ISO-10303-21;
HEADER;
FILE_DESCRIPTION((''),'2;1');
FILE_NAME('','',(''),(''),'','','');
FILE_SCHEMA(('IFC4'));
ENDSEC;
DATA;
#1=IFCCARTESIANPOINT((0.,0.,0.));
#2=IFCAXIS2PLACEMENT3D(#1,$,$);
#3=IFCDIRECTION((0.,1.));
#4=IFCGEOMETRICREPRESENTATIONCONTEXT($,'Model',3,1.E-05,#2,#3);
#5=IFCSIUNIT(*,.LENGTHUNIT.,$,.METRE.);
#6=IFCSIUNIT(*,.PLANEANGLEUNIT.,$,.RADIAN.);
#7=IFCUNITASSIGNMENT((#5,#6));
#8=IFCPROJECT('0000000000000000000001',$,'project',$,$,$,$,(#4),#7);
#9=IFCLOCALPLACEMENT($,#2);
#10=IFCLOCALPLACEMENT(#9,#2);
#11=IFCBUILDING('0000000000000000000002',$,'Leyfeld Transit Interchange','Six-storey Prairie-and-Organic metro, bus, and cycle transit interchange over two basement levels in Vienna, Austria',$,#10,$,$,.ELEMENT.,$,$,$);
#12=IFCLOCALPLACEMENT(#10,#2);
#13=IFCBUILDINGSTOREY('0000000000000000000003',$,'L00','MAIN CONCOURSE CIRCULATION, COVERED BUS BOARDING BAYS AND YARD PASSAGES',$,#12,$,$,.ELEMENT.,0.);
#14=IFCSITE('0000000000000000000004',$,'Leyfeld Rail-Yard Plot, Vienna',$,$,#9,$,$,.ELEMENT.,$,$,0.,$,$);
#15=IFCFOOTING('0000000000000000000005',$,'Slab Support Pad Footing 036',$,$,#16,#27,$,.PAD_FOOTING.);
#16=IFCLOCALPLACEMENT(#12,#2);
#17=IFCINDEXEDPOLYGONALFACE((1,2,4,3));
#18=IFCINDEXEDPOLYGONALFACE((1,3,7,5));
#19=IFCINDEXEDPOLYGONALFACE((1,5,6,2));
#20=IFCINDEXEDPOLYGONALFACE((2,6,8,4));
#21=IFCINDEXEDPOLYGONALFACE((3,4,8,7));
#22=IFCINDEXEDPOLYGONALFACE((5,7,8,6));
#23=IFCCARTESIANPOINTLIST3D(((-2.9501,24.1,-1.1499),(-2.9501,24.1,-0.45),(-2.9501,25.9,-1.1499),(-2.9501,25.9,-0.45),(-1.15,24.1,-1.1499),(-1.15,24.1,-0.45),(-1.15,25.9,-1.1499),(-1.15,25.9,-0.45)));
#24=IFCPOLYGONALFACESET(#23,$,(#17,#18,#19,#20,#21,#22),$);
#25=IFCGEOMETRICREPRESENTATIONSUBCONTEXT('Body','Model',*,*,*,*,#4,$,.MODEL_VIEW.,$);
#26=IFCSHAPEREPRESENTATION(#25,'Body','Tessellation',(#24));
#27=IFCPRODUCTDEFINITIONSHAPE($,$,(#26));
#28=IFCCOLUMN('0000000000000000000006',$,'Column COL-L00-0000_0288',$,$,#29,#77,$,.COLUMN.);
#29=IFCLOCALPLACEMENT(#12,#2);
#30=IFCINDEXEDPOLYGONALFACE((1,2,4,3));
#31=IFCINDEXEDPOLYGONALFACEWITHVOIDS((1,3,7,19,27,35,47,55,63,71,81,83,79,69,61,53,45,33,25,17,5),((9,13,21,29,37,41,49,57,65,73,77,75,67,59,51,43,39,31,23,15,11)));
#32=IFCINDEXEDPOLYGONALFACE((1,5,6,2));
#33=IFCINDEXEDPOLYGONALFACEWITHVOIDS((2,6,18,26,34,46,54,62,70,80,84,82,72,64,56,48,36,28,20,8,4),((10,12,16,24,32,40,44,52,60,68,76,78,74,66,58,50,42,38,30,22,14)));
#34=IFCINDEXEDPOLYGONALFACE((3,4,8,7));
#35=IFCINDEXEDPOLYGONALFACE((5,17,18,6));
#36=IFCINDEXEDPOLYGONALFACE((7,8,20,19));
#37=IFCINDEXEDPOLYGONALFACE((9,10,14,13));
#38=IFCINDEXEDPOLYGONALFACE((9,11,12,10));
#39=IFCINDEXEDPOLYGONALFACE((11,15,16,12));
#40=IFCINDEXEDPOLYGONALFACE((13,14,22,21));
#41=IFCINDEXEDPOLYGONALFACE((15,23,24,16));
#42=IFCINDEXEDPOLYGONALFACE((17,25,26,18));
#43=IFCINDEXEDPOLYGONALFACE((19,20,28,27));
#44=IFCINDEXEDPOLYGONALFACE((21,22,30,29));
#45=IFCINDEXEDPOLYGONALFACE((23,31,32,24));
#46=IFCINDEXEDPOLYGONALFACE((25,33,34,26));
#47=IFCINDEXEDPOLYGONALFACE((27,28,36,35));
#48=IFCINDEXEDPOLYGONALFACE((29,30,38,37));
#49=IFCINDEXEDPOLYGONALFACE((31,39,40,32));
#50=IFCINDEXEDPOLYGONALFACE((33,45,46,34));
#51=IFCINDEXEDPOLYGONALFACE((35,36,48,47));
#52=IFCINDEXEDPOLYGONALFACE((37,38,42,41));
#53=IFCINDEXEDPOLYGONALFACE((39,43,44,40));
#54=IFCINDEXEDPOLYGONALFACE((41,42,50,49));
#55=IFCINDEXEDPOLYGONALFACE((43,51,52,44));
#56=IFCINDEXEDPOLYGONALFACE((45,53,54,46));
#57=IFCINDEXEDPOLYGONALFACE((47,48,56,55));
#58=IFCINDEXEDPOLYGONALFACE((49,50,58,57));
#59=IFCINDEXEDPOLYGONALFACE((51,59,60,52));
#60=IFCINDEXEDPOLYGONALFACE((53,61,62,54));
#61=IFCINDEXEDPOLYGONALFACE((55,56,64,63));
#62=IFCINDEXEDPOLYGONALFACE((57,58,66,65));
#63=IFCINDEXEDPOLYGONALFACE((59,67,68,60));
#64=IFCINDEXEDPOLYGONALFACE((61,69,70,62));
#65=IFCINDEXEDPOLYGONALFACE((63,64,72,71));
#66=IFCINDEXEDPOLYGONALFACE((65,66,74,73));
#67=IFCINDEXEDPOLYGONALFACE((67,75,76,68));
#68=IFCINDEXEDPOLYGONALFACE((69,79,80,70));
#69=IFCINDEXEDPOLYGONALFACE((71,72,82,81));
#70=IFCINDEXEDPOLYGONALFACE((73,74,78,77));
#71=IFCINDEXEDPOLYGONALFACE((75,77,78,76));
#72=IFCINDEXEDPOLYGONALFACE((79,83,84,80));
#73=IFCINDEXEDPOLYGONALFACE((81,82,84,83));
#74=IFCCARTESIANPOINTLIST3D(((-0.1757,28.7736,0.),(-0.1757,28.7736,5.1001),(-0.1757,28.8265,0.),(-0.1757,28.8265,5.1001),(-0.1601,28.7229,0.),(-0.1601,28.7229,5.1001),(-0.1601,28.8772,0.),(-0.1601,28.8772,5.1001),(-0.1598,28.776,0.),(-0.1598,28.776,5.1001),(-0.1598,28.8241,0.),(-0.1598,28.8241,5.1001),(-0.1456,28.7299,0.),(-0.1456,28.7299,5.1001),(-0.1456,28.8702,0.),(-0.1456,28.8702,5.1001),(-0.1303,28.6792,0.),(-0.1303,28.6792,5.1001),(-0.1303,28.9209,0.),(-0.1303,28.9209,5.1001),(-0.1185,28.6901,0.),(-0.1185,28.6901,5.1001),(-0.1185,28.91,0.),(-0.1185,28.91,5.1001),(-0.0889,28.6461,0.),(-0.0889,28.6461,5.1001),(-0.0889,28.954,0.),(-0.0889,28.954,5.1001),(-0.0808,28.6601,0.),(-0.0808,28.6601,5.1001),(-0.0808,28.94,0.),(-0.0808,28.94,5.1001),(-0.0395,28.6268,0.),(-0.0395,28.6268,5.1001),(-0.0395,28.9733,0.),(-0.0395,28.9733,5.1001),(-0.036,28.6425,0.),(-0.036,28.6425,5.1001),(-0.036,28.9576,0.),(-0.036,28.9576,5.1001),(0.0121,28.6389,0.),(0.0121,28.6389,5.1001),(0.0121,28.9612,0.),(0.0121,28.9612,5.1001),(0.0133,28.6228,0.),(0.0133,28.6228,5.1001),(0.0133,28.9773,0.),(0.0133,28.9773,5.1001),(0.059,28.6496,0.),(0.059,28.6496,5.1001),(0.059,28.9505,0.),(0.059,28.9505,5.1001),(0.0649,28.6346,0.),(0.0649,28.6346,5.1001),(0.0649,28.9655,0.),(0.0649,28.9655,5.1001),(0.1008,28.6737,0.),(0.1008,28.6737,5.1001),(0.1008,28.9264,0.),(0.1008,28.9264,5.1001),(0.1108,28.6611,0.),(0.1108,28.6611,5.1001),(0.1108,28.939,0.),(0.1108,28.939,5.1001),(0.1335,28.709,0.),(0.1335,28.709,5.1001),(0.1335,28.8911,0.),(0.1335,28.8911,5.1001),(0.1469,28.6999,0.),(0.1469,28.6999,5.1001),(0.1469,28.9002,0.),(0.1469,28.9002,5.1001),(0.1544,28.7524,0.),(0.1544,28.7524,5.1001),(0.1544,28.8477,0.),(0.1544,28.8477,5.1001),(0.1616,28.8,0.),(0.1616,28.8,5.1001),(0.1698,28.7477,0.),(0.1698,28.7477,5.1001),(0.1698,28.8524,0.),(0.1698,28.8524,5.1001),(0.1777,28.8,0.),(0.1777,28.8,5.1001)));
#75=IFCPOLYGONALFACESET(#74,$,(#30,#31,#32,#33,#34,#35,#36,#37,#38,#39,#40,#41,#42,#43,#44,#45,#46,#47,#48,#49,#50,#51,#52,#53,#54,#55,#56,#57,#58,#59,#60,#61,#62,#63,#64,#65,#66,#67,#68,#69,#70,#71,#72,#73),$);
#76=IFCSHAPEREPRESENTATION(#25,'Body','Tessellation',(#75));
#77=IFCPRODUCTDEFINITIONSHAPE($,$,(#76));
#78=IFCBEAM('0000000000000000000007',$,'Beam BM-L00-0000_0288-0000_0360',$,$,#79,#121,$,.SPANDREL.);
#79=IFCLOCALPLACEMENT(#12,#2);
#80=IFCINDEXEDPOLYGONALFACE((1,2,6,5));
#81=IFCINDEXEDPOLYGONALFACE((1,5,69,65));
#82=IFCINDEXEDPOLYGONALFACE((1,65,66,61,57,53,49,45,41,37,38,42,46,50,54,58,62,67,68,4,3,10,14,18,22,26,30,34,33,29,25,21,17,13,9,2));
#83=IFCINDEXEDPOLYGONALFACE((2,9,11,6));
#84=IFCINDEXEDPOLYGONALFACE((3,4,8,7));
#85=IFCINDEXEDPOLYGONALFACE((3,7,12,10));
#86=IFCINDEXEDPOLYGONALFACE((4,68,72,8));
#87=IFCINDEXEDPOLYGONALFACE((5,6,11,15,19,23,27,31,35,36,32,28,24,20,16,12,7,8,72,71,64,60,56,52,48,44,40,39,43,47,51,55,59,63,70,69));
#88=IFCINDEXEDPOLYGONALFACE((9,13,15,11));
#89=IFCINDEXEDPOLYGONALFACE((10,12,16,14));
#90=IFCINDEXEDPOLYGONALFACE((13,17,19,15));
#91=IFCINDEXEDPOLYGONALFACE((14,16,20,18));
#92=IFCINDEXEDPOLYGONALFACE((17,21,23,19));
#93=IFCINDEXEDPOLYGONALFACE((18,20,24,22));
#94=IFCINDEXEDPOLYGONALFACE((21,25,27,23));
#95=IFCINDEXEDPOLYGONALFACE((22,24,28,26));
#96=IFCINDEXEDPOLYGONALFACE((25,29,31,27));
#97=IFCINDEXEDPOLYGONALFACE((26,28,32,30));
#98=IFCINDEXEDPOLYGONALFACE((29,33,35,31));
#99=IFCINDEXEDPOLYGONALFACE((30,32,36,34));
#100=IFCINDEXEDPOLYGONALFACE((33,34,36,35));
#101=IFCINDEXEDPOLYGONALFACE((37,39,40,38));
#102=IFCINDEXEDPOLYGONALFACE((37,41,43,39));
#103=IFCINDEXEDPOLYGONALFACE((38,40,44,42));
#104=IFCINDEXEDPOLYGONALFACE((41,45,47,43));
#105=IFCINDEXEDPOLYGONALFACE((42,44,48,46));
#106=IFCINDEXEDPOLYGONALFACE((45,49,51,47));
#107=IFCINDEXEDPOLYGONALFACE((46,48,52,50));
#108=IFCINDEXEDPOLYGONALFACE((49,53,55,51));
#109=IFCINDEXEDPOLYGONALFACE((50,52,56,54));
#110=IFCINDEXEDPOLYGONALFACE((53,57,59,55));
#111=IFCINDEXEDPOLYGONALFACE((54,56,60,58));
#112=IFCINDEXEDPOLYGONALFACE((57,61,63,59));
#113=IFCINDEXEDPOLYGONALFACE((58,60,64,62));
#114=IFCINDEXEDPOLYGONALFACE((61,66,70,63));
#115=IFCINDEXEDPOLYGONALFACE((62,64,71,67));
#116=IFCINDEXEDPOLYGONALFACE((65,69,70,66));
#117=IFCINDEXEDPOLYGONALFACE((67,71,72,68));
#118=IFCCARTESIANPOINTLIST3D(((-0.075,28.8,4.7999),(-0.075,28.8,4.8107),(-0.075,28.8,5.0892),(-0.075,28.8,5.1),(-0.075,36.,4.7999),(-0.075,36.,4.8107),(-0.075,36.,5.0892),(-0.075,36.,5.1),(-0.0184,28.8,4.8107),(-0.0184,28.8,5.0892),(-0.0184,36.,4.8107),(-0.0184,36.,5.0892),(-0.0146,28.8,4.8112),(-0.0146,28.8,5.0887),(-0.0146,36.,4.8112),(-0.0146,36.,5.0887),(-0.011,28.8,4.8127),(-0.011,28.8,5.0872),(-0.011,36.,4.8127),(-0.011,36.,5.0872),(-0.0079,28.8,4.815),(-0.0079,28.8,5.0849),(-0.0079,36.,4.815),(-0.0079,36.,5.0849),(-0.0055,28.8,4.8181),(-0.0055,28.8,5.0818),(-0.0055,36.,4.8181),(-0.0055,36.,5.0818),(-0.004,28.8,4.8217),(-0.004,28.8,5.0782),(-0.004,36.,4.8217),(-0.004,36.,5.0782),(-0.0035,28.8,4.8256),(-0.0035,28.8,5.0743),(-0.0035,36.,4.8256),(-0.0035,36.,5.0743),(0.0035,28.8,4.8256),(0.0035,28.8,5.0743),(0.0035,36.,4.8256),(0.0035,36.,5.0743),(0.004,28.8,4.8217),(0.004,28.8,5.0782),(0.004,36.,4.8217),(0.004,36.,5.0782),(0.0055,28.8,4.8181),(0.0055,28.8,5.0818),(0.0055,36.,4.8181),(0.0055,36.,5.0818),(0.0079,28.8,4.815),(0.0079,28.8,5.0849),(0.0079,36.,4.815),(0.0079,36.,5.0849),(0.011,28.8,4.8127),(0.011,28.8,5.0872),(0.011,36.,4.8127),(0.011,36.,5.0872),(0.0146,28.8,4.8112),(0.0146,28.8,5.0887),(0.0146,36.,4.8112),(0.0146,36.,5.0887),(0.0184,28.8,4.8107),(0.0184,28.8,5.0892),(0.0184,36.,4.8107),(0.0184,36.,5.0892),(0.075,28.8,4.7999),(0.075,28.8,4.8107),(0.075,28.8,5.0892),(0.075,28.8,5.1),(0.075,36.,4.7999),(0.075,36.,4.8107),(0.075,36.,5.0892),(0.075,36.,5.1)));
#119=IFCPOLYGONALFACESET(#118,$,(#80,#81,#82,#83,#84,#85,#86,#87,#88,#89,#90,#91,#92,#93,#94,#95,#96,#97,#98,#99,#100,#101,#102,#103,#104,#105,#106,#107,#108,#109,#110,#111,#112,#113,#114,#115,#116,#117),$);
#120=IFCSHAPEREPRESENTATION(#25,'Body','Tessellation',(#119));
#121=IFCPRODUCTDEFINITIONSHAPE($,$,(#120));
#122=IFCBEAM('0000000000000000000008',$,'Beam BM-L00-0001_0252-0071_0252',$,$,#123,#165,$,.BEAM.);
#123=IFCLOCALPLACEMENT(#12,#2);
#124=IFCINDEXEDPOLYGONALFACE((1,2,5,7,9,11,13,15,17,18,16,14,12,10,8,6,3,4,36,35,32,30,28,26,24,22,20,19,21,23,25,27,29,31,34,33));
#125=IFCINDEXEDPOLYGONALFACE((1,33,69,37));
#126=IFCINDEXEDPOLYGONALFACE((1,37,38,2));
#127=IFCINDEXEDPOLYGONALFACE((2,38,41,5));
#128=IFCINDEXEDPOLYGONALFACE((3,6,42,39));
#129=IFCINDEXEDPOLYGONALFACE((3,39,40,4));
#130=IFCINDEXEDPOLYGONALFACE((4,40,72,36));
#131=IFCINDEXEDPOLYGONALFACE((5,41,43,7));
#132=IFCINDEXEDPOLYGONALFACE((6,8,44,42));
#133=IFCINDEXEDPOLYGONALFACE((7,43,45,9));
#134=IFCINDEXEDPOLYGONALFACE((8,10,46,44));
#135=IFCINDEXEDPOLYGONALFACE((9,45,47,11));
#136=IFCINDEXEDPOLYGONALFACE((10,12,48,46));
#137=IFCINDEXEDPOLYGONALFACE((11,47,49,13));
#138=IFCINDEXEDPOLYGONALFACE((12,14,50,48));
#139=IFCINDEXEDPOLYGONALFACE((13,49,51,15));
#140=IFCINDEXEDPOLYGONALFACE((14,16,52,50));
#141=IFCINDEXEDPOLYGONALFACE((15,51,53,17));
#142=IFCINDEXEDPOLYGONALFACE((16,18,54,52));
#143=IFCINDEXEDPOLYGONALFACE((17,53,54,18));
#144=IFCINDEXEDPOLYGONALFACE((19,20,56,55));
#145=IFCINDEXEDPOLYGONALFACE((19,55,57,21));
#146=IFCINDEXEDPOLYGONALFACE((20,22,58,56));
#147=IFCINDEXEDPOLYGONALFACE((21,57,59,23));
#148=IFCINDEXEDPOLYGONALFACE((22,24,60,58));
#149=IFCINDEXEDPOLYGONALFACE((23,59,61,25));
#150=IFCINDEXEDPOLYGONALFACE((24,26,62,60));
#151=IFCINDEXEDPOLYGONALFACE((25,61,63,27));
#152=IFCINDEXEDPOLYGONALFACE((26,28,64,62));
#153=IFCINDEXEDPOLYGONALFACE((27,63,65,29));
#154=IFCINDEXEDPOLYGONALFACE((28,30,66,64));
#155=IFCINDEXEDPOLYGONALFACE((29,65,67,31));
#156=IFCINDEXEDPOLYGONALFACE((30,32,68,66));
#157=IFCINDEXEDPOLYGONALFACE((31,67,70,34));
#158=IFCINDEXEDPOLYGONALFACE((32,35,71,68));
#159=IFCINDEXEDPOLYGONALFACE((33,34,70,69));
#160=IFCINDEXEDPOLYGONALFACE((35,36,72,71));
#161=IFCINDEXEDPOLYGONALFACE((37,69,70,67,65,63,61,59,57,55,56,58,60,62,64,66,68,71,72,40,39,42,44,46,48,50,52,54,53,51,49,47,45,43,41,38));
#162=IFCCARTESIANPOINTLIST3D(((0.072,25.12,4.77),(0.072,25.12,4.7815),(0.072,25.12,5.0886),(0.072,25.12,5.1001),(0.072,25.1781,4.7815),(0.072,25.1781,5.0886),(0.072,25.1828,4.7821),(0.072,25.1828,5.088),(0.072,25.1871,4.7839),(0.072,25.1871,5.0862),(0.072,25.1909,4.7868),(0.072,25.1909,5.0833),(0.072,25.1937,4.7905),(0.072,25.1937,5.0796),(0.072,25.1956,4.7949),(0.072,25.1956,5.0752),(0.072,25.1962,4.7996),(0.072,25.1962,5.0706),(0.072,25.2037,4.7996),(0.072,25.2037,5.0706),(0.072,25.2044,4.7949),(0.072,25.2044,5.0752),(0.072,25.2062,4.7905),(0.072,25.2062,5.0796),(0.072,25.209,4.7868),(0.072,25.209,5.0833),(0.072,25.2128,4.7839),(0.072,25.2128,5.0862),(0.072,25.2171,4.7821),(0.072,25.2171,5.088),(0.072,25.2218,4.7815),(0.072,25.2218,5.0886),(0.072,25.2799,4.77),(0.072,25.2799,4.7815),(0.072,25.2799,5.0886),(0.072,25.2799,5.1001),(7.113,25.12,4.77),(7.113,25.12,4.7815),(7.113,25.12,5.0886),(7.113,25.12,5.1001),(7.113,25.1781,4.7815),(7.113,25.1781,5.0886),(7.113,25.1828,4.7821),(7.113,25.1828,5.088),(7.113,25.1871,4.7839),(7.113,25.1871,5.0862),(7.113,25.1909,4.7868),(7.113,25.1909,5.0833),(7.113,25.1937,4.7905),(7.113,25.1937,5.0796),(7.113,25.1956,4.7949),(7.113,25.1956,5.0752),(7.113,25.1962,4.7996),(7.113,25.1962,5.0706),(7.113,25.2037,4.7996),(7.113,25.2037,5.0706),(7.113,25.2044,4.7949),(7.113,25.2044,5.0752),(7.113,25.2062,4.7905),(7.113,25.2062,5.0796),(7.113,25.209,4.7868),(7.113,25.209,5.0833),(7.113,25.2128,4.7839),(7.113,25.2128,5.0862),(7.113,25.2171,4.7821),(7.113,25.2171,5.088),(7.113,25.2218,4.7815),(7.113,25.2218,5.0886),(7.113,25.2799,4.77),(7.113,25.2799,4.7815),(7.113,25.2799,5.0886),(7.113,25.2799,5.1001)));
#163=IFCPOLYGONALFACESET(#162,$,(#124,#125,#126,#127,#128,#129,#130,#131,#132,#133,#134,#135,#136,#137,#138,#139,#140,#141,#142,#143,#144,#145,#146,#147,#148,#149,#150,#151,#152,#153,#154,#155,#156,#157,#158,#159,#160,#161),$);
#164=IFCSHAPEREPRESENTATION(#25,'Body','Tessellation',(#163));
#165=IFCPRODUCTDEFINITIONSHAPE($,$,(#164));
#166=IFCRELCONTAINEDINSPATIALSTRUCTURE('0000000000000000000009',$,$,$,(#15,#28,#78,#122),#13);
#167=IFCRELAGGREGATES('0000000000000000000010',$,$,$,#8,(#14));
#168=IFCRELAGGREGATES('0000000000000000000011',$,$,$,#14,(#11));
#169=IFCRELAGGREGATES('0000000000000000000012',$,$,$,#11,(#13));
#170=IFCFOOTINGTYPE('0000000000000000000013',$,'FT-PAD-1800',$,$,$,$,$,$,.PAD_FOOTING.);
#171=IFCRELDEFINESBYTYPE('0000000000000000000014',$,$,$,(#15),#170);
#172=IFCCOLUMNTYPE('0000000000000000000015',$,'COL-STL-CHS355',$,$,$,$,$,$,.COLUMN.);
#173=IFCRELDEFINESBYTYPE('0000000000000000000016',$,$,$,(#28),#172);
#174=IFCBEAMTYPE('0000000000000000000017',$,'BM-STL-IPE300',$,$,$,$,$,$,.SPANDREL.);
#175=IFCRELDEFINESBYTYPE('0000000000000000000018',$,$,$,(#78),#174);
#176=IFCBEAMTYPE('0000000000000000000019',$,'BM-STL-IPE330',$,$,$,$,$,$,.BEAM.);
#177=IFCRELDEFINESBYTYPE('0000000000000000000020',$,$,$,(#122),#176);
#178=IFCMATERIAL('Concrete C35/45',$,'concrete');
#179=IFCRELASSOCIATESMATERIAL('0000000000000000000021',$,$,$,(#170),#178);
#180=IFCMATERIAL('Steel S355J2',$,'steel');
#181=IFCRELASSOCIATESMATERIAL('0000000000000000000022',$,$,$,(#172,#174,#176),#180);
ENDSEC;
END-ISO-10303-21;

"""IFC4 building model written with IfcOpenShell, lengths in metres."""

from ifc_helpers import new_model, si_unit, direction, frame, origin, origin_2d, place, context, subcontext, project, spatial, rectangle, hollow_circle, i_section, extrude, material, material_profile, profile_set, type_object, element, save


model = new_model("IFC4")

# Units and contexts
model_context = context("Model", 3, precision=1e-05, world=origin(), true_north=direction((0.0, 1.0)))
body_context = subcontext(model_context, "Body", "Model", "MODEL_VIEW")
ifc_project = project(units=[si_unit("LENGTHUNIT", "METRE"), si_unit("PLANEANGLEUNIT", "RADIAN")], contexts=[model_context])

# Site, building, storey
site_placement = place(None, origin())
site = spatial("IfcSite", under=ifc_project, at=site_placement, Name="Leyfeld Rail-Yard Plot, Vienna", CompositionType="ELEMENT", RefElevation=0.0)
building_placement = place(site_placement, origin())
building = spatial("IfcBuilding", under=site, at=building_placement, Name="Leyfeld Transit Interchange", Description="Six-storey Prairie-and-Organic metro, bus, and cycle transit interchange over two basement levels in Vienna, Austria", CompositionType="ELEMENT")
storey_placement = place(building_placement, origin())
storey = spatial("IfcBuildingStorey", under=building, at=storey_placement, Name="L00", Description="MAIN CONCOURSE CIRCULATION, COVERED BUS BOARDING BAYS AND YARD PASSAGES", CompositionType="ELEMENT", Elevation=0.0)

# Footing
ifc_material_1 = material(Name="Concrete C35/45", Category="concrete")
footing_type = type_object("IfcFootingType", Name="FT-PAD-1800", PredefinedType="PAD_FOOTING", material=ifc_material_1)
footing_placement = place(storey_placement, frame((-2.05, 25.0, -1.1499), z_axis=(0.0, 0.0, 1.0), x_axis=(1.0, 0.0, 0.0)))
element("IfcFooting", 1, at=footing_placement, inside=storey, type_object=footing_type, Name="Slab Support Pad Footing 036", PredefinedType="PAD_FOOTING", context=body_context, shape_type="SweptSolid", body=[
    extrude(rectangle(XDim=1.8, YDim=1.8, at=origin_2d()), origin(), (0.0, 0.0, 1.0), 0.7),
])

# Column
ifc_material_2 = material(Name="Steel S355J2", Category="steel")
ifc_material_profile_1 = material_profile(ifc_material_2, hollow_circle(Radius=0.1777, WallThickness=0.0161, at=origin_2d()), Name="CHS 355.6x16")
ifc_profile_set_1 = profile_set([ifc_material_profile_1], Name="Steel S355J2")
column_type = type_object("IfcColumnType", Name="COL-STL-CHS355", PredefinedType="COLUMN", material=ifc_profile_set_1)
column_placement = place(storey_placement, frame((0.0, 28.8, 0.0), z_axis=(0.0, 0.0, 1.0), x_axis=(1.0, 0.0, 0.0)))
element("IfcColumn", 2, at=column_placement, inside=storey, type_object=column_type, Name="Column COL-L00-0000_0288", PredefinedType="COLUMN", context=body_context, shape_type="SweptSolid", body=[
    extrude(hollow_circle(Radius=0.1777, WallThickness=0.0161, at=origin_2d()), origin(), (0.0, 0.0, 1.0), 5.1001),
])

# Beams
ifc_material_profile_2 = material_profile(ifc_material_2, i_section(OverallWidth=0.1499, OverallDepth=0.3, WebThickness=0.0071, FlangeThickness=0.0107, FilletRadius=0.0149, at=origin_2d()), Name="IPE 300")
ifc_profile_set_2 = profile_set([ifc_material_profile_2], Name="Steel S355J2")
beam_type_1 = type_object("IfcBeamType", Name="BM-STL-IPE300", PredefinedType="SPANDREL", material=ifc_profile_set_2)
beam_1_placement = place(storey_placement, frame((0.0, 28.8, 4.95), z_axis=(0.0, 1.0, 0.0), x_axis=(-1.0, 0.0, 0.0)))
element("IfcBeam", 3, at=beam_1_placement, inside=storey, type_object=beam_type_1, Name="Beam BM-L00-0000_0288-0000_0360", PredefinedType="SPANDREL", context=body_context, shape_type="SweptSolid", body=[
    extrude(i_section(OverallWidth=0.1499, OverallDepth=0.3, WebThickness=0.0071, FlangeThickness=0.0107, FilletRadius=0.0149, at=origin_2d()), origin(), (0.0, 0.0, 1.0), 7.2),
])
ifc_material_profile_3 = material_profile(ifc_material_2, i_section(OverallWidth=0.1599, OverallDepth=0.3301, WebThickness=0.0076, FlangeThickness=0.0115, FilletRadius=0.0181, at=origin_2d()), Name="IPE 330")
ifc_profile_set_3 = profile_set([ifc_material_profile_3], Name="Steel S355J2")
beam_type_2 = type_object("IfcBeamType", Name="BM-STL-IPE330", PredefinedType="BEAM", material=ifc_profile_set_3)
beam_2_placement = place(storey_placement, frame((0.072, 25.2, 4.9351), z_axis=(1.0, 0.0, 0.0), x_axis=(0.0, 1.0, 0.0)))
element("IfcBeam", 4, at=beam_2_placement, inside=storey, type_object=beam_type_2, Name="Beam BM-L00-0001_0252-0071_0252", PredefinedType="BEAM", context=body_context, shape_type="SweptSolid", body=[
    extrude(i_section(OverallWidth=0.1599, OverallDepth=0.3301, WebThickness=0.0076, FlangeThickness=0.0115, FilletRadius=0.0181, at=origin_2d()), origin(), (0.0, 0.0, 1.0), 7.041),
])

save(model, "model.ifc")
